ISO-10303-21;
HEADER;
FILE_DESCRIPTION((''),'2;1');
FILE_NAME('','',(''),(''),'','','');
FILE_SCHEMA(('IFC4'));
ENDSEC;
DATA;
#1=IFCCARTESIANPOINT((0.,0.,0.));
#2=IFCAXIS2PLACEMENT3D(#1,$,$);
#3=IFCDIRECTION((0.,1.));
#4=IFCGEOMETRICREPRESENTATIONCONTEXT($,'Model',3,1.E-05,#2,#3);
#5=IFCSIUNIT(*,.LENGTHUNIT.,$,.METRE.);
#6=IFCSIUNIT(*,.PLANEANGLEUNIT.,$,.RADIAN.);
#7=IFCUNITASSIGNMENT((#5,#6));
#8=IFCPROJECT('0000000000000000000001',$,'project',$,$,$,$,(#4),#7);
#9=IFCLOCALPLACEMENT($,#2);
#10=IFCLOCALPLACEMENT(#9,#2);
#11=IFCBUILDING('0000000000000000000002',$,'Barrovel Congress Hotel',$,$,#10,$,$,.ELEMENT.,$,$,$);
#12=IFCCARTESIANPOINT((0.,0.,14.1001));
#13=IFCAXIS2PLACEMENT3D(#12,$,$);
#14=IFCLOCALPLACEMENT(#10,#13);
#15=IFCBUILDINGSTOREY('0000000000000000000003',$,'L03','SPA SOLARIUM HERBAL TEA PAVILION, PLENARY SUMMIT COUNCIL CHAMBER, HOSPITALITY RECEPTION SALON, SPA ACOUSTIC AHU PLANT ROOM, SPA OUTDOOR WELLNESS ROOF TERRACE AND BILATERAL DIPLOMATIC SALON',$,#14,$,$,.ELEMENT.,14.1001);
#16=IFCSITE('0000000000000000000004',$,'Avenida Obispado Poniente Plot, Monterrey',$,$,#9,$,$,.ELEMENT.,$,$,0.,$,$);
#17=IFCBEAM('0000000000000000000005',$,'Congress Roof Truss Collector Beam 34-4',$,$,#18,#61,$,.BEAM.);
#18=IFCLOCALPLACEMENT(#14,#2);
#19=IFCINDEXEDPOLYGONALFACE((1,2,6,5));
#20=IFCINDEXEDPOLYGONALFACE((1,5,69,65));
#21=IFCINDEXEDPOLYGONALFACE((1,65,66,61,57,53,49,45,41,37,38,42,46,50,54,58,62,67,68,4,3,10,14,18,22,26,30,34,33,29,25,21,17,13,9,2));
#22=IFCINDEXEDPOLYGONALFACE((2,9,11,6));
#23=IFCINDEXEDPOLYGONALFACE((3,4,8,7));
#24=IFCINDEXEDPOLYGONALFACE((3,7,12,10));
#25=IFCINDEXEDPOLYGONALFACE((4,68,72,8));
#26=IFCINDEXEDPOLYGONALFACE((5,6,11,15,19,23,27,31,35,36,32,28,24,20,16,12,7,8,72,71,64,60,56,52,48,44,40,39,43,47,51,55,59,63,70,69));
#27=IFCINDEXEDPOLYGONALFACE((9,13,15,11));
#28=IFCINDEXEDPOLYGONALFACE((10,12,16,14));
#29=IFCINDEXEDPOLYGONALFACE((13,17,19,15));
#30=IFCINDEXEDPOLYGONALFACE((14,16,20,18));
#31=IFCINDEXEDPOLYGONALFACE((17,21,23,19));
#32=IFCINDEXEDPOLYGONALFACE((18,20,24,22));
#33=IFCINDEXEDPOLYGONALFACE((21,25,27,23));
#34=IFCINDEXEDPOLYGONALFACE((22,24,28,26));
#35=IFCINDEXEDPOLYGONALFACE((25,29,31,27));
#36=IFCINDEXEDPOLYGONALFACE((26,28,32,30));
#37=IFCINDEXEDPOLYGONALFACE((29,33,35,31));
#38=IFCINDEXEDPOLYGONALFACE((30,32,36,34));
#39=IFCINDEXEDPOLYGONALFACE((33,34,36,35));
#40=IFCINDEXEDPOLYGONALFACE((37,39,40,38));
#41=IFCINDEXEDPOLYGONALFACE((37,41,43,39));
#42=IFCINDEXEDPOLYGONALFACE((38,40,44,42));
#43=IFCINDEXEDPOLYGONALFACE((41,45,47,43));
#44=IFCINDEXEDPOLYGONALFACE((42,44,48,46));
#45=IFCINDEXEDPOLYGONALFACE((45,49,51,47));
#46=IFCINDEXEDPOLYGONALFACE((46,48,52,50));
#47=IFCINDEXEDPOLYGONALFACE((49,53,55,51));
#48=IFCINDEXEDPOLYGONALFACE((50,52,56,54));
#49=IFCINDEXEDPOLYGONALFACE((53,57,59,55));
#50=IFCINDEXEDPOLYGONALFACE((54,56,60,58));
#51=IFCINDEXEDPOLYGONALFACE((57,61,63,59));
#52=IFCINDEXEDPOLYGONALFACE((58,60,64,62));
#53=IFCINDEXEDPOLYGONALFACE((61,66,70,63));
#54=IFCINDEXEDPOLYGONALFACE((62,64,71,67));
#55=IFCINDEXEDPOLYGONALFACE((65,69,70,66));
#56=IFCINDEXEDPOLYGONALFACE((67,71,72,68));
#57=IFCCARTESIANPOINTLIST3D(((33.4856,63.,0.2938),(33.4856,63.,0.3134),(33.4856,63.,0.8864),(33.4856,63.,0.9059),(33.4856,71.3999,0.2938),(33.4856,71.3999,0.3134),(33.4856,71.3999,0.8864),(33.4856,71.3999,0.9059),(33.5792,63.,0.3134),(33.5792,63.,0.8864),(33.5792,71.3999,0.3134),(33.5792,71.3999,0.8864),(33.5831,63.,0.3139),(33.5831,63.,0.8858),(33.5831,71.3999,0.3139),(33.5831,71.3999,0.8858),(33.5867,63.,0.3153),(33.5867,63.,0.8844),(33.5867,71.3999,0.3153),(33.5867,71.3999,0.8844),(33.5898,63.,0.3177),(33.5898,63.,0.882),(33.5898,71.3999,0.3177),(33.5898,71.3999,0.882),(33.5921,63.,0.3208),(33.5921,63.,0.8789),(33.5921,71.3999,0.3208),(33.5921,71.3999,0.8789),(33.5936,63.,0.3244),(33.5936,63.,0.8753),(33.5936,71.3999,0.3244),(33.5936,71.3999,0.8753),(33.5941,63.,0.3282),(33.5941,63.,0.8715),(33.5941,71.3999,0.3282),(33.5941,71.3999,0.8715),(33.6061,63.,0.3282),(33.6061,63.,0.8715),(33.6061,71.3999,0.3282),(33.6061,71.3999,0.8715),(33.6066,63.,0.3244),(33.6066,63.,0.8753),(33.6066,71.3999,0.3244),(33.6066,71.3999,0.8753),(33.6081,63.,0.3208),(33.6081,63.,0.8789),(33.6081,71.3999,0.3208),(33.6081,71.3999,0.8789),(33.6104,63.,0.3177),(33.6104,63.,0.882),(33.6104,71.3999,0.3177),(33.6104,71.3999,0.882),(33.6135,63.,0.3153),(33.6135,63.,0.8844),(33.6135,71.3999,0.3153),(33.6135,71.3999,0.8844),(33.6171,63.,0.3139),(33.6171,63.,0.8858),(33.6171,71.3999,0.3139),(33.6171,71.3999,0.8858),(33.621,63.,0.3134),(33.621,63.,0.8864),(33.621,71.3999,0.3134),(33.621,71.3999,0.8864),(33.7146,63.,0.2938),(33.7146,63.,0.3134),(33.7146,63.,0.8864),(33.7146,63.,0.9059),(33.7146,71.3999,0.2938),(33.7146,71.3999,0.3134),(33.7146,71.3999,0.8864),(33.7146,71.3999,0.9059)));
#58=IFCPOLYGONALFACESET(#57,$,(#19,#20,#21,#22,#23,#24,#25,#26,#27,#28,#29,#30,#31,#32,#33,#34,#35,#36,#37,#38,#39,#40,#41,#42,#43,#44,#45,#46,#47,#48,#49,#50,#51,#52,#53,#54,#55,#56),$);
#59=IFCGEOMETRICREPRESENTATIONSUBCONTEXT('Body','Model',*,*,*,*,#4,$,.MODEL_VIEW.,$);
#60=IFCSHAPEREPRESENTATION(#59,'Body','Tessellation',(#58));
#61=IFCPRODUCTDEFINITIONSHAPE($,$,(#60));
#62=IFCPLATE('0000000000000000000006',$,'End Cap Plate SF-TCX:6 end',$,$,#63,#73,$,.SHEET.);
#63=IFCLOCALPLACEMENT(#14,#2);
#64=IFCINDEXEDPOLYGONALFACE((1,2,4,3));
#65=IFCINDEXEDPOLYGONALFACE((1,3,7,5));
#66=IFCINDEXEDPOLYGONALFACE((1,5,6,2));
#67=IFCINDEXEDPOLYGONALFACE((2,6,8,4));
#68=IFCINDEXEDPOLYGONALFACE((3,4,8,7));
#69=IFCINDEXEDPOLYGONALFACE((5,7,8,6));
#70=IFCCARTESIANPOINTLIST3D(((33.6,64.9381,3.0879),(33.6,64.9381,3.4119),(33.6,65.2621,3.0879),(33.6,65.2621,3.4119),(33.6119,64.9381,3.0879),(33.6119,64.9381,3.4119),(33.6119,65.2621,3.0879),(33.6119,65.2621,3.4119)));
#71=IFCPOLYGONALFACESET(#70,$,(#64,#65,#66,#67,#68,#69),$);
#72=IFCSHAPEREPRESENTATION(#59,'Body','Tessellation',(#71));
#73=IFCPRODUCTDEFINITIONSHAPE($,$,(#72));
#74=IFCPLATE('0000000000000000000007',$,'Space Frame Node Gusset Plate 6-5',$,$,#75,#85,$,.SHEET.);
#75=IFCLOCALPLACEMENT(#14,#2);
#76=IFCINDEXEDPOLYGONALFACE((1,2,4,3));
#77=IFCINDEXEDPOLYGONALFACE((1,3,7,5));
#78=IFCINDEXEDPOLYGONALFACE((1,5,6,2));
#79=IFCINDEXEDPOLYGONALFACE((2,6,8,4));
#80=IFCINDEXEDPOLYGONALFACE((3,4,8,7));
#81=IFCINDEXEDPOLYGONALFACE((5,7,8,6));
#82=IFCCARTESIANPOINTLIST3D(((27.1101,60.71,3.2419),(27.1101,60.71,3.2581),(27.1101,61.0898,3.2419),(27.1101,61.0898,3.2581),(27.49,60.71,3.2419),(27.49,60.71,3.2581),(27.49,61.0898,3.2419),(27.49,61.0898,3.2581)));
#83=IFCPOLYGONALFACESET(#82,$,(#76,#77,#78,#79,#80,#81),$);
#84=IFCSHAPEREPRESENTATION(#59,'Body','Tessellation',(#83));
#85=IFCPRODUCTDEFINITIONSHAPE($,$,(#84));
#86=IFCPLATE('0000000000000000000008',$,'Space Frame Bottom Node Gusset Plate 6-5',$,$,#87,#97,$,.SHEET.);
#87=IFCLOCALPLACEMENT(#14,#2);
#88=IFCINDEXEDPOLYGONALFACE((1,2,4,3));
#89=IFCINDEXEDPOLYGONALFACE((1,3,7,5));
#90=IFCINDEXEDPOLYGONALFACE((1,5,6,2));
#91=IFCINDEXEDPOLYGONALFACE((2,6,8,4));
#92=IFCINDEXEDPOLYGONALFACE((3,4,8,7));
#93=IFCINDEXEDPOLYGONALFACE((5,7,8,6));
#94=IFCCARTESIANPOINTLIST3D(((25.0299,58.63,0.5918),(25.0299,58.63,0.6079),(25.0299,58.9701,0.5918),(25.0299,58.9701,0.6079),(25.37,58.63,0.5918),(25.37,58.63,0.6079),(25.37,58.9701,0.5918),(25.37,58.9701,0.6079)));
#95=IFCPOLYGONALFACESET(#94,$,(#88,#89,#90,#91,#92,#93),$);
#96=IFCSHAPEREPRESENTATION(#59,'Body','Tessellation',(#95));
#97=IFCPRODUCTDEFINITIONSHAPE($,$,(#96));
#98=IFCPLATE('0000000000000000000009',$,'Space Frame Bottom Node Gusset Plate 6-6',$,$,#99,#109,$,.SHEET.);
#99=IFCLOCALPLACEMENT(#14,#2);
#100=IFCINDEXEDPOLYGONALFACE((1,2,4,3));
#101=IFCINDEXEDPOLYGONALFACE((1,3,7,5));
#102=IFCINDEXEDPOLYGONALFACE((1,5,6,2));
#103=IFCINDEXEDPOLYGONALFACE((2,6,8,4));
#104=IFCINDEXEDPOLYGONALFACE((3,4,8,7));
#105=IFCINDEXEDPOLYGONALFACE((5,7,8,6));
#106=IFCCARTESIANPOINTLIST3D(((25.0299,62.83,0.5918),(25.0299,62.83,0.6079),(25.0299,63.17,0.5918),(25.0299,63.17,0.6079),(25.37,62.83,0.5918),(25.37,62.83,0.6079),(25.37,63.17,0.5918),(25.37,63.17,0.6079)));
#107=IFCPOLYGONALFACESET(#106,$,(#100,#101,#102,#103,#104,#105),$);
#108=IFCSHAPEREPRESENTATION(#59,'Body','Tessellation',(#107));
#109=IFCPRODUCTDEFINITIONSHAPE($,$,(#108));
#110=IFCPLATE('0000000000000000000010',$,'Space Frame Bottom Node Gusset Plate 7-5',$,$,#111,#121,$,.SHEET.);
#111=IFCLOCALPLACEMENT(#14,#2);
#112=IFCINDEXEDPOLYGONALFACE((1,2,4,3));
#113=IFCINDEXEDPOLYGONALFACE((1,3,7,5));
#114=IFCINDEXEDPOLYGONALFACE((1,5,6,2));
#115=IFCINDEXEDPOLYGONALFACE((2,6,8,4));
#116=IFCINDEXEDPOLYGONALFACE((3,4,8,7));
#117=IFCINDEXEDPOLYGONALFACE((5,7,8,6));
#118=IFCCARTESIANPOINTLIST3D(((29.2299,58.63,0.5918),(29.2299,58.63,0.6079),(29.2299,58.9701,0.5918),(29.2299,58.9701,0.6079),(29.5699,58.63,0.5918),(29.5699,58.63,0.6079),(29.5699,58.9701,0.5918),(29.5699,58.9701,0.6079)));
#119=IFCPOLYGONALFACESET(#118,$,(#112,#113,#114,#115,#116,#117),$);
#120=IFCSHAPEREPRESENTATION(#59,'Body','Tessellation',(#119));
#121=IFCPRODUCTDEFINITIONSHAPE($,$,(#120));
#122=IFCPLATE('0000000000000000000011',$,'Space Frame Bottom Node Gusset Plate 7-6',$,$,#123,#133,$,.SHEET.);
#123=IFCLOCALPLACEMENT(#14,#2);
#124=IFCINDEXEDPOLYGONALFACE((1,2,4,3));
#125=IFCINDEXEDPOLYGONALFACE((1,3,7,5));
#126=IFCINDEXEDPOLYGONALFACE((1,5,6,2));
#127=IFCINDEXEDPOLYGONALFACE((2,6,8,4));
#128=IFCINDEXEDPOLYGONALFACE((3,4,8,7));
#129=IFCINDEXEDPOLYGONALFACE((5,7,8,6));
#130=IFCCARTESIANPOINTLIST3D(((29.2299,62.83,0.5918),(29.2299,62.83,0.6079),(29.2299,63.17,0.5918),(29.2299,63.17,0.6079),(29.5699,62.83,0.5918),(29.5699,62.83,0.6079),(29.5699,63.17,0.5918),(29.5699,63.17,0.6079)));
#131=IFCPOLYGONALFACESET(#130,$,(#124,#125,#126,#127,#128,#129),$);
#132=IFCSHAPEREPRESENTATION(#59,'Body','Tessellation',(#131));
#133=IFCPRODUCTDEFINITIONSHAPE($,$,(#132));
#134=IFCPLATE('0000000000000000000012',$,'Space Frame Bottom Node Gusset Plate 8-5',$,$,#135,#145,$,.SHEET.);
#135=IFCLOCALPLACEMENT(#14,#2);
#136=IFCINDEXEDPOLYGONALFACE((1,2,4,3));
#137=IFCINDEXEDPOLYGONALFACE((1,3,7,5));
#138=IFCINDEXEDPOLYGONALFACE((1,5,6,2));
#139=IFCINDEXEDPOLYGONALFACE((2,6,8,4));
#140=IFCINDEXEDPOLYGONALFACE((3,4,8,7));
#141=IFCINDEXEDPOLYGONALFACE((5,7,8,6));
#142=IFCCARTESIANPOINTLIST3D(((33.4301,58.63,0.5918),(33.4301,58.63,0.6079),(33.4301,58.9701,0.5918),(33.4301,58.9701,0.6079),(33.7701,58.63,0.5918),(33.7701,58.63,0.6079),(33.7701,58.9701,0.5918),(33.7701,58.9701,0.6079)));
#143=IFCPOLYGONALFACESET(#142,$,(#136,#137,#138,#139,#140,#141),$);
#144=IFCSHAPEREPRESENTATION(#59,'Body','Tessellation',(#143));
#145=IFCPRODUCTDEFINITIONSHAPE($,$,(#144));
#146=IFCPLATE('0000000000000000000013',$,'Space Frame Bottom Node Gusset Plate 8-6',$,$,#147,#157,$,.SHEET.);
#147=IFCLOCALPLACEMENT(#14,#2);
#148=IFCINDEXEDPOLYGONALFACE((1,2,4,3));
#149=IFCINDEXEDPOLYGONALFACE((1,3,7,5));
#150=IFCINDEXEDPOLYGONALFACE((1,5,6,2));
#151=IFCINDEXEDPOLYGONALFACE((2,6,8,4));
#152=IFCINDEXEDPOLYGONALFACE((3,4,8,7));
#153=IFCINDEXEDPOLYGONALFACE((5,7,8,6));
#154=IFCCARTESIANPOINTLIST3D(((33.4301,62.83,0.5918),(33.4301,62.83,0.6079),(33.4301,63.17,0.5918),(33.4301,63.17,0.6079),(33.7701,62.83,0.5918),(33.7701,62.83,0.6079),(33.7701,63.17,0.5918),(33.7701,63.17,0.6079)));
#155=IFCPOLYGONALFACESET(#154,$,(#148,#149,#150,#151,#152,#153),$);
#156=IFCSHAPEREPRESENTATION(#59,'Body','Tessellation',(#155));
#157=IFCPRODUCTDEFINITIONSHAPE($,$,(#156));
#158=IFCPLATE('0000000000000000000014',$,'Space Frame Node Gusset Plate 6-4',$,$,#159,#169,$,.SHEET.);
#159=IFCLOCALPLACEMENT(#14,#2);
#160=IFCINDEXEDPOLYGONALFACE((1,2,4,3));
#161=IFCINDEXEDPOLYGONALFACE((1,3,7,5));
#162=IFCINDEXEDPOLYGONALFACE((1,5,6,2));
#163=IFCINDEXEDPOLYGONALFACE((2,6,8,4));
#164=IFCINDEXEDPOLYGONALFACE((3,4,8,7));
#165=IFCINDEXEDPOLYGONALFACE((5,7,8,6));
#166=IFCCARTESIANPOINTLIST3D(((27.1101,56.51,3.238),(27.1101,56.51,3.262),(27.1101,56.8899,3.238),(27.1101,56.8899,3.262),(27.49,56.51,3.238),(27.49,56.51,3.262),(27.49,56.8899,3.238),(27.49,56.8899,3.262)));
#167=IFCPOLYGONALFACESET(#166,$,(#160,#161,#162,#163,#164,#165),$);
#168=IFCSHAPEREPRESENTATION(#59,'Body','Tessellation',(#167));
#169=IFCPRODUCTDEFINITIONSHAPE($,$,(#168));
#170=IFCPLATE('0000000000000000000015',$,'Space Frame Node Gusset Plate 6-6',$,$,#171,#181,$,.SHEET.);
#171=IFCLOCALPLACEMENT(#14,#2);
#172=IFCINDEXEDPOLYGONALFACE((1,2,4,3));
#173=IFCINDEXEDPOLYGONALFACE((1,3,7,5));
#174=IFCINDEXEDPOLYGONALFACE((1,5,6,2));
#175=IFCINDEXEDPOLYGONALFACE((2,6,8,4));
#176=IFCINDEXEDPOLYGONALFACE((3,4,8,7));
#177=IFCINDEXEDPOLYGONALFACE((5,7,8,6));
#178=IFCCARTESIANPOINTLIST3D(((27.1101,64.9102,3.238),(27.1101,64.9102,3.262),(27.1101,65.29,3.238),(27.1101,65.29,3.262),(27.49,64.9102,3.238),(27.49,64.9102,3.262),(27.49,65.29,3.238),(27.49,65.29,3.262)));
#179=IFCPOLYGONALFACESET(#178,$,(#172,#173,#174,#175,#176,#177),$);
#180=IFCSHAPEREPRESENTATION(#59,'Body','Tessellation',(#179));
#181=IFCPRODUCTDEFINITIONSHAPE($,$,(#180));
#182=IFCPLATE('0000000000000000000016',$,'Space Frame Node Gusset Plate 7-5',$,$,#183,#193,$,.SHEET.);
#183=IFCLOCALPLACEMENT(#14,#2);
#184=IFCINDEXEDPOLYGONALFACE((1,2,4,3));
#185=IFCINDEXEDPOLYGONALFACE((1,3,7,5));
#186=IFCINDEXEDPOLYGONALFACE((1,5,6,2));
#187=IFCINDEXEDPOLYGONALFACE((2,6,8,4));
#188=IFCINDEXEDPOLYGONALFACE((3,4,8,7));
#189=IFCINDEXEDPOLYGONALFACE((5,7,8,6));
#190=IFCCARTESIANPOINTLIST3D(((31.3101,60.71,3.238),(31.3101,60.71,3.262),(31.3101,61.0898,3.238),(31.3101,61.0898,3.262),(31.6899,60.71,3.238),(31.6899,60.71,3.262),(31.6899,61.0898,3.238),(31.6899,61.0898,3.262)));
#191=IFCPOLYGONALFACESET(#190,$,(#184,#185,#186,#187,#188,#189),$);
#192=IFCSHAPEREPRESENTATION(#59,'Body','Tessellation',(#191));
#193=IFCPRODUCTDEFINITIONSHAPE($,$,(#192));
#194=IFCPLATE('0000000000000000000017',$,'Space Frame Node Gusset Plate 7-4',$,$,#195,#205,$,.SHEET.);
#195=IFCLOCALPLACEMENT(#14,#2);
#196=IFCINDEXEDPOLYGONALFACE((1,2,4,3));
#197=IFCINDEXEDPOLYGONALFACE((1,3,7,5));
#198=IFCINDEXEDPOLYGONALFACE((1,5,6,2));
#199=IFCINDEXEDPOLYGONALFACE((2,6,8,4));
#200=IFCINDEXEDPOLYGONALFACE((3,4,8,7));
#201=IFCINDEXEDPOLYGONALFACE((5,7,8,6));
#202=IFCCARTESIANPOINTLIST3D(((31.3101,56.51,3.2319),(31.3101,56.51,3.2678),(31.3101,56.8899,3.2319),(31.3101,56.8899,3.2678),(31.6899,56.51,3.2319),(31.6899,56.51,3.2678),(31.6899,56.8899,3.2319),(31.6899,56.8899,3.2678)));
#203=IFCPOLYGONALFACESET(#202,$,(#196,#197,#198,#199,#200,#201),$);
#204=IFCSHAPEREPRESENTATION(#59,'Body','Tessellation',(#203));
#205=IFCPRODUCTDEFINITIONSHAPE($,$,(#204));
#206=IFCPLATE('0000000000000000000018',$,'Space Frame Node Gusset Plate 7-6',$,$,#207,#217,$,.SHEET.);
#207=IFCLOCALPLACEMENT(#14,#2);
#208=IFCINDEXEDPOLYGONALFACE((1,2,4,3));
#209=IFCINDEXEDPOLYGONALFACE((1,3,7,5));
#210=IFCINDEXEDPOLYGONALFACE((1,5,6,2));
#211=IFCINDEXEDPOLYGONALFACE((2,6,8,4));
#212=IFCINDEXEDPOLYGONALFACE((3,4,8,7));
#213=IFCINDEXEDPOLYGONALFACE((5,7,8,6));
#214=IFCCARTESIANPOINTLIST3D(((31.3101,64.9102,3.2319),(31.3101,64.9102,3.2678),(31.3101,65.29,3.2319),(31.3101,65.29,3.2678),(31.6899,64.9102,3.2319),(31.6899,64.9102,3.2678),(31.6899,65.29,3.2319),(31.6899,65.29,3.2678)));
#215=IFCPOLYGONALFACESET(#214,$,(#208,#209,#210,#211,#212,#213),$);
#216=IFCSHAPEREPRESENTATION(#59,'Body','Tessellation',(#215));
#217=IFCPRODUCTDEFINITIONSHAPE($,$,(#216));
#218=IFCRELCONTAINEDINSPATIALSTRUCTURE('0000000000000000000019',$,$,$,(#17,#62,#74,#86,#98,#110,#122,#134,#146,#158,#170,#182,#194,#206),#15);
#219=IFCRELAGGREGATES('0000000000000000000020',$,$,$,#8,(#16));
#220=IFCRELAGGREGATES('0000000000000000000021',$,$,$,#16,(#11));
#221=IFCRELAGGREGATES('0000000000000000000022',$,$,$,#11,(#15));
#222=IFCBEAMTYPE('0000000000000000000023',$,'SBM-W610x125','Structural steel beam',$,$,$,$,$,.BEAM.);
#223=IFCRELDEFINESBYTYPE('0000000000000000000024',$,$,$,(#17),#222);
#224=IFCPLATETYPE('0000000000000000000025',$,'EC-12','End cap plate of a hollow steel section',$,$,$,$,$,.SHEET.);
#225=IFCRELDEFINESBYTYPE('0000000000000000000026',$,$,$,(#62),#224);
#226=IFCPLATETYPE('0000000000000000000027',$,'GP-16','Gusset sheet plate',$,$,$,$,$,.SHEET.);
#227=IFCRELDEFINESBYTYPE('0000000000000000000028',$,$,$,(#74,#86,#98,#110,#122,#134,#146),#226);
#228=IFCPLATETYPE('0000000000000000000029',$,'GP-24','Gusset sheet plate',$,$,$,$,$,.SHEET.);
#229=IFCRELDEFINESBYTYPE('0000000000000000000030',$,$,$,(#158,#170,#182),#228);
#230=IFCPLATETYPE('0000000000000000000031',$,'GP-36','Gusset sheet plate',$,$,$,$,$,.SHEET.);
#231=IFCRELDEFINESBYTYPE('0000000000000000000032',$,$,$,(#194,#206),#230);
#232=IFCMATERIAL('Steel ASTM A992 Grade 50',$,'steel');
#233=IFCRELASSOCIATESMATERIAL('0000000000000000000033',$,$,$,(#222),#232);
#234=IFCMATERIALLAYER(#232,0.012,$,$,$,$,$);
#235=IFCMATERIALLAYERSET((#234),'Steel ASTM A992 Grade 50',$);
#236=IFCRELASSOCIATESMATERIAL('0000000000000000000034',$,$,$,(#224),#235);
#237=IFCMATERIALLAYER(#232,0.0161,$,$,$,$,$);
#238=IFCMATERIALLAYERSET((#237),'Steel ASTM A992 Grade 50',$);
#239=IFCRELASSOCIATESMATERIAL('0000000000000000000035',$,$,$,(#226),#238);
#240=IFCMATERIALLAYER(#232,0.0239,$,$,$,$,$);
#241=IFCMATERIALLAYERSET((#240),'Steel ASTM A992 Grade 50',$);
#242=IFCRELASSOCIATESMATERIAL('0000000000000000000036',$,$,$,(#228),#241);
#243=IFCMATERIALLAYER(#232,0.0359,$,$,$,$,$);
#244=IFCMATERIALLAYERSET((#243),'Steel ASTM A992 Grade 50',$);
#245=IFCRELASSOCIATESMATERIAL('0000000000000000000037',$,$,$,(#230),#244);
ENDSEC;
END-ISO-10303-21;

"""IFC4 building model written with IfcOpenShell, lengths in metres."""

from ifc_helpers import new_model, si_unit, direction, frame, origin, origin_2d, place, context, subcontext, project, spatial, rectangle, i_section, extrude, material, layer, layer_set, material_profile, profile_set, type_object, element, save


model = new_model("IFC4")

# Units and contexts
model_context = context("Model", 3, precision=1e-05, world=origin(), true_north=direction((0.0, 1.0)))
body_context = subcontext(model_context, "Body", "Model", "MODEL_VIEW")
ifc_project = project(units=[si_unit("LENGTHUNIT", "METRE"), si_unit("PLANEANGLEUNIT", "RADIAN")], contexts=[model_context])

# Site, building, storey
site_placement = place(None, origin())
site = spatial("IfcSite", under=ifc_project, at=site_placement, Name="Avenida Obispado Poniente Plot, Monterrey", CompositionType="ELEMENT", RefElevation=0.0)
building_placement = place(site_placement, origin())
building = spatial("IfcBuilding", under=site, at=building_placement, Name="Barrovel Congress Hotel", CompositionType="ELEMENT")
storey_placement = place(building_placement, frame((0.0, 0.0, 14.1001)))
storey = spatial("IfcBuildingStorey", under=building, at=storey_placement, Name="L03", Description="SPA SOLARIUM HERBAL TEA PAVILION, PLENARY SUMMIT COUNCIL CHAMBER, HOSPITALITY RECEPTION SALON, SPA ACOUSTIC AHU PLANT ROOM, SPA OUTDOOR WELLNESS ROOF TERRACE AND BILATERAL DIPLOMATIC SALON", CompositionType="ELEMENT", Elevation=14.1001)

# Beam
ifc_material_1 = material(Name="Steel ASTM A992 Grade 50", Category="steel")
ifc_material_profile_1 = material_profile(ifc_material_1, i_section(OverallWidth=0.229, OverallDepth=0.6121, WebThickness=0.012, FlangeThickness=0.0195, FilletRadius=0.0149, at=origin_2d()), Name="W610x125")
ifc_profile_set_1 = profile_set([ifc_material_profile_1], Name="Steel ASTM A992 Grade 50")
beam_type_1 = type_object("IfcBeamType", Name="SBM-W610x125", Description="Structural steel beam", PredefinedType="BEAM", material=ifc_profile_set_1)
beam_1_placement = place(storey_placement, frame((33.6001, 63.0, 0.5999), z_axis=(0.0, 1.0, 0.0), x_axis=(-1.0, 0.0, 0.0)))
element("IfcBeam", 1, at=beam_1_placement, inside=storey, type_object=beam_type_1, Name="Congress Roof Truss Collector Beam 34-4", PredefinedType="BEAM", context=body_context, shape_type="SweptSolid", body=[
    extrude(i_section(OverallWidth=0.229, OverallDepth=0.6121, WebThickness=0.012, FlangeThickness=0.0195, FilletRadius=0.0149, at=origin_2d()), origin(), (0.0, 0.0, 1.0), 8.3999),
])

# Plates
ifc_layer_1 = layer(ifc_material_1, 0.012)
ifc_layer_set_1 = layer_set([ifc_layer_1], Name="Steel ASTM A992 Grade 50")
plate_type_1 = type_object("IfcPlateType", Name="EC-12", Description="End cap plate of a hollow steel section", PredefinedType="SHEET", material=ifc_layer_set_1)
plate_1_placement = place(storey_placement, frame((33.606, 65.1001, 3.0879), z_axis=(0.0, 0.0, 1.0), x_axis=(1.0, 0.0, 0.0)))
element("IfcPlate", 2, at=plate_1_placement, inside=storey, type_object=plate_type_1, Name="End Cap Plate SF-TCX:6 end", PredefinedType="SHEET", context=body_context, shape_type="SweptSolid", body=[
    extrude(rectangle(XDim=0.012, YDim=0.324, at=origin_2d()), origin(), (0.0, 0.0, 1.0), 0.324),
])
ifc_layer_2 = layer(ifc_material_1, 0.0161)
ifc_layer_set_2 = layer_set([ifc_layer_2], Name="Steel ASTM A992 Grade 50")
plate_type_2 = type_object("IfcPlateType", Name="GP-16", Description="Gusset sheet plate", PredefinedType="SHEET", material=ifc_layer_set_2)
plate_2_placement = place(storey_placement, frame((27.3, 60.8999, 3.2419), z_axis=(0.0, 0.0, 1.0), x_axis=(1.0, 0.0, 0.0)))
element("IfcPlate", 3, at=plate_2_placement, inside=storey, type_object=plate_type_2, Name="Space Frame Node Gusset Plate 6-5", PredefinedType="SHEET", context=body_context, shape_type="SweptSolid", body=[
    extrude(rectangle(XDim=0.3799, YDim=0.3799, at=origin_2d()), origin(), (0.0, 0.0, 1.0), 0.0161),
])
for number, where, z_axis, x_axis, name in (
    (4, (25.2, 58.8, 0.5918), (0.0, 0.0, 1.0), (1.0, 0.0, 0.0), "Space Frame Bottom Node Gusset Plate 6-5"),
    (5, (25.2, 63.0, 0.5918), (0.0, 0.0, 1.0), (1.0, 0.0, 0.0), "Space Frame Bottom Node Gusset Plate 6-6"),
    (6, (29.3999, 58.8, 0.5918), (0.0, 0.0, 1.0), (1.0, 0.0, 0.0), "Space Frame Bottom Node Gusset Plate 7-5"),
    (7, (29.3999, 63.0, 0.5918), (0.0, 0.0, 1.0), (1.0, 0.0, 0.0), "Space Frame Bottom Node Gusset Plate 7-6"),
    (8, (33.6001, 58.8, 0.5918), (0.0, 0.0, 1.0), (1.0, 0.0, 0.0), "Space Frame Bottom Node Gusset Plate 8-5"),
    (9, (33.6001, 63.0, 0.5918), (0.0, 0.0, 1.0), (1.0, 0.0, 0.0), "Space Frame Bottom Node Gusset Plate 8-6"),
):
    element("IfcPlate", number, at=place(storey_placement, frame(where, z_axis=z_axis, x_axis=x_axis)), inside=storey, type_object=plate_type_2, Name=name, PredefinedType="SHEET", context=body_context, shape_type="SweptSolid", body=[
        extrude(rectangle(XDim=0.3401, YDim=0.3401, at=origin_2d()), origin(), (0.0, 0.0, 1.0), 0.0161),
    ])
ifc_layer_3 = layer(ifc_material_1, 0.0239)
ifc_layer_set_3 = layer_set([ifc_layer_3], Name="Steel ASTM A992 Grade 50")
plate_type_3 = type_object("IfcPlateType", Name="GP-24", Description="Gusset sheet plate", PredefinedType="SHEET", material=ifc_layer_set_3)
for number, where, z_axis, x_axis, name in (
    (10, (27.3, 56.7, 3.238), (0.0, 0.0, 1.0), (1.0, 0.0, 0.0), "Space Frame Node Gusset Plate 6-4"),
    (11, (27.3, 65.1001, 3.238), (0.0, 0.0, 1.0), (1.0, 0.0, 0.0), "Space Frame Node Gusset Plate 6-6"),
    (12, (31.5, 60.8999, 3.238), (0.0, 0.0, 1.0), (1.0, 0.0, 0.0), "Space Frame Node Gusset Plate 7-5"),
):
    element("IfcPlate", number, at=place(storey_placement, frame(where, z_axis=z_axis, x_axis=x_axis)), inside=storey, type_object=plate_type_3, Name=name, PredefinedType="SHEET", context=body_context, shape_type="SweptSolid", body=[
        extrude(rectangle(XDim=0.3799, YDim=0.3799, at=origin_2d()), origin(), (0.0, 0.0, 1.0), 0.0239),
    ])
ifc_layer_4 = layer(ifc_material_1, 0.0359)
ifc_layer_set_4 = layer_set([ifc_layer_4], Name="Steel ASTM A992 Grade 50")
plate_type_4 = type_object("IfcPlateType", Name="GP-36", Description="Gusset sheet plate", PredefinedType="SHEET", material=ifc_layer_set_4)
for number, where, z_axis, x_axis, name in (
    (13, (31.5, 56.7, 3.2319), (0.0, 0.0, 1.0), (1.0, 0.0, 0.0), "Space Frame Node Gusset Plate 7-4"),
    (14, (31.5, 65.1001, 3.2319), (0.0, 0.0, 1.0), (1.0, 0.0, 0.0), "Space Frame Node Gusset Plate 7-6"),
):
    element("IfcPlate", number, at=place(storey_placement, frame(where, z_axis=z_axis, x_axis=x_axis)), inside=storey, type_object=plate_type_4, Name=name, PredefinedType="SHEET", context=body_context, shape_type="SweptSolid", body=[
        extrude(rectangle(XDim=0.3799, YDim=0.3799, at=origin_2d()), origin(), (0.0, 0.0, 1.0), 0.0359),
    ])

save(model, "model.ifc")
